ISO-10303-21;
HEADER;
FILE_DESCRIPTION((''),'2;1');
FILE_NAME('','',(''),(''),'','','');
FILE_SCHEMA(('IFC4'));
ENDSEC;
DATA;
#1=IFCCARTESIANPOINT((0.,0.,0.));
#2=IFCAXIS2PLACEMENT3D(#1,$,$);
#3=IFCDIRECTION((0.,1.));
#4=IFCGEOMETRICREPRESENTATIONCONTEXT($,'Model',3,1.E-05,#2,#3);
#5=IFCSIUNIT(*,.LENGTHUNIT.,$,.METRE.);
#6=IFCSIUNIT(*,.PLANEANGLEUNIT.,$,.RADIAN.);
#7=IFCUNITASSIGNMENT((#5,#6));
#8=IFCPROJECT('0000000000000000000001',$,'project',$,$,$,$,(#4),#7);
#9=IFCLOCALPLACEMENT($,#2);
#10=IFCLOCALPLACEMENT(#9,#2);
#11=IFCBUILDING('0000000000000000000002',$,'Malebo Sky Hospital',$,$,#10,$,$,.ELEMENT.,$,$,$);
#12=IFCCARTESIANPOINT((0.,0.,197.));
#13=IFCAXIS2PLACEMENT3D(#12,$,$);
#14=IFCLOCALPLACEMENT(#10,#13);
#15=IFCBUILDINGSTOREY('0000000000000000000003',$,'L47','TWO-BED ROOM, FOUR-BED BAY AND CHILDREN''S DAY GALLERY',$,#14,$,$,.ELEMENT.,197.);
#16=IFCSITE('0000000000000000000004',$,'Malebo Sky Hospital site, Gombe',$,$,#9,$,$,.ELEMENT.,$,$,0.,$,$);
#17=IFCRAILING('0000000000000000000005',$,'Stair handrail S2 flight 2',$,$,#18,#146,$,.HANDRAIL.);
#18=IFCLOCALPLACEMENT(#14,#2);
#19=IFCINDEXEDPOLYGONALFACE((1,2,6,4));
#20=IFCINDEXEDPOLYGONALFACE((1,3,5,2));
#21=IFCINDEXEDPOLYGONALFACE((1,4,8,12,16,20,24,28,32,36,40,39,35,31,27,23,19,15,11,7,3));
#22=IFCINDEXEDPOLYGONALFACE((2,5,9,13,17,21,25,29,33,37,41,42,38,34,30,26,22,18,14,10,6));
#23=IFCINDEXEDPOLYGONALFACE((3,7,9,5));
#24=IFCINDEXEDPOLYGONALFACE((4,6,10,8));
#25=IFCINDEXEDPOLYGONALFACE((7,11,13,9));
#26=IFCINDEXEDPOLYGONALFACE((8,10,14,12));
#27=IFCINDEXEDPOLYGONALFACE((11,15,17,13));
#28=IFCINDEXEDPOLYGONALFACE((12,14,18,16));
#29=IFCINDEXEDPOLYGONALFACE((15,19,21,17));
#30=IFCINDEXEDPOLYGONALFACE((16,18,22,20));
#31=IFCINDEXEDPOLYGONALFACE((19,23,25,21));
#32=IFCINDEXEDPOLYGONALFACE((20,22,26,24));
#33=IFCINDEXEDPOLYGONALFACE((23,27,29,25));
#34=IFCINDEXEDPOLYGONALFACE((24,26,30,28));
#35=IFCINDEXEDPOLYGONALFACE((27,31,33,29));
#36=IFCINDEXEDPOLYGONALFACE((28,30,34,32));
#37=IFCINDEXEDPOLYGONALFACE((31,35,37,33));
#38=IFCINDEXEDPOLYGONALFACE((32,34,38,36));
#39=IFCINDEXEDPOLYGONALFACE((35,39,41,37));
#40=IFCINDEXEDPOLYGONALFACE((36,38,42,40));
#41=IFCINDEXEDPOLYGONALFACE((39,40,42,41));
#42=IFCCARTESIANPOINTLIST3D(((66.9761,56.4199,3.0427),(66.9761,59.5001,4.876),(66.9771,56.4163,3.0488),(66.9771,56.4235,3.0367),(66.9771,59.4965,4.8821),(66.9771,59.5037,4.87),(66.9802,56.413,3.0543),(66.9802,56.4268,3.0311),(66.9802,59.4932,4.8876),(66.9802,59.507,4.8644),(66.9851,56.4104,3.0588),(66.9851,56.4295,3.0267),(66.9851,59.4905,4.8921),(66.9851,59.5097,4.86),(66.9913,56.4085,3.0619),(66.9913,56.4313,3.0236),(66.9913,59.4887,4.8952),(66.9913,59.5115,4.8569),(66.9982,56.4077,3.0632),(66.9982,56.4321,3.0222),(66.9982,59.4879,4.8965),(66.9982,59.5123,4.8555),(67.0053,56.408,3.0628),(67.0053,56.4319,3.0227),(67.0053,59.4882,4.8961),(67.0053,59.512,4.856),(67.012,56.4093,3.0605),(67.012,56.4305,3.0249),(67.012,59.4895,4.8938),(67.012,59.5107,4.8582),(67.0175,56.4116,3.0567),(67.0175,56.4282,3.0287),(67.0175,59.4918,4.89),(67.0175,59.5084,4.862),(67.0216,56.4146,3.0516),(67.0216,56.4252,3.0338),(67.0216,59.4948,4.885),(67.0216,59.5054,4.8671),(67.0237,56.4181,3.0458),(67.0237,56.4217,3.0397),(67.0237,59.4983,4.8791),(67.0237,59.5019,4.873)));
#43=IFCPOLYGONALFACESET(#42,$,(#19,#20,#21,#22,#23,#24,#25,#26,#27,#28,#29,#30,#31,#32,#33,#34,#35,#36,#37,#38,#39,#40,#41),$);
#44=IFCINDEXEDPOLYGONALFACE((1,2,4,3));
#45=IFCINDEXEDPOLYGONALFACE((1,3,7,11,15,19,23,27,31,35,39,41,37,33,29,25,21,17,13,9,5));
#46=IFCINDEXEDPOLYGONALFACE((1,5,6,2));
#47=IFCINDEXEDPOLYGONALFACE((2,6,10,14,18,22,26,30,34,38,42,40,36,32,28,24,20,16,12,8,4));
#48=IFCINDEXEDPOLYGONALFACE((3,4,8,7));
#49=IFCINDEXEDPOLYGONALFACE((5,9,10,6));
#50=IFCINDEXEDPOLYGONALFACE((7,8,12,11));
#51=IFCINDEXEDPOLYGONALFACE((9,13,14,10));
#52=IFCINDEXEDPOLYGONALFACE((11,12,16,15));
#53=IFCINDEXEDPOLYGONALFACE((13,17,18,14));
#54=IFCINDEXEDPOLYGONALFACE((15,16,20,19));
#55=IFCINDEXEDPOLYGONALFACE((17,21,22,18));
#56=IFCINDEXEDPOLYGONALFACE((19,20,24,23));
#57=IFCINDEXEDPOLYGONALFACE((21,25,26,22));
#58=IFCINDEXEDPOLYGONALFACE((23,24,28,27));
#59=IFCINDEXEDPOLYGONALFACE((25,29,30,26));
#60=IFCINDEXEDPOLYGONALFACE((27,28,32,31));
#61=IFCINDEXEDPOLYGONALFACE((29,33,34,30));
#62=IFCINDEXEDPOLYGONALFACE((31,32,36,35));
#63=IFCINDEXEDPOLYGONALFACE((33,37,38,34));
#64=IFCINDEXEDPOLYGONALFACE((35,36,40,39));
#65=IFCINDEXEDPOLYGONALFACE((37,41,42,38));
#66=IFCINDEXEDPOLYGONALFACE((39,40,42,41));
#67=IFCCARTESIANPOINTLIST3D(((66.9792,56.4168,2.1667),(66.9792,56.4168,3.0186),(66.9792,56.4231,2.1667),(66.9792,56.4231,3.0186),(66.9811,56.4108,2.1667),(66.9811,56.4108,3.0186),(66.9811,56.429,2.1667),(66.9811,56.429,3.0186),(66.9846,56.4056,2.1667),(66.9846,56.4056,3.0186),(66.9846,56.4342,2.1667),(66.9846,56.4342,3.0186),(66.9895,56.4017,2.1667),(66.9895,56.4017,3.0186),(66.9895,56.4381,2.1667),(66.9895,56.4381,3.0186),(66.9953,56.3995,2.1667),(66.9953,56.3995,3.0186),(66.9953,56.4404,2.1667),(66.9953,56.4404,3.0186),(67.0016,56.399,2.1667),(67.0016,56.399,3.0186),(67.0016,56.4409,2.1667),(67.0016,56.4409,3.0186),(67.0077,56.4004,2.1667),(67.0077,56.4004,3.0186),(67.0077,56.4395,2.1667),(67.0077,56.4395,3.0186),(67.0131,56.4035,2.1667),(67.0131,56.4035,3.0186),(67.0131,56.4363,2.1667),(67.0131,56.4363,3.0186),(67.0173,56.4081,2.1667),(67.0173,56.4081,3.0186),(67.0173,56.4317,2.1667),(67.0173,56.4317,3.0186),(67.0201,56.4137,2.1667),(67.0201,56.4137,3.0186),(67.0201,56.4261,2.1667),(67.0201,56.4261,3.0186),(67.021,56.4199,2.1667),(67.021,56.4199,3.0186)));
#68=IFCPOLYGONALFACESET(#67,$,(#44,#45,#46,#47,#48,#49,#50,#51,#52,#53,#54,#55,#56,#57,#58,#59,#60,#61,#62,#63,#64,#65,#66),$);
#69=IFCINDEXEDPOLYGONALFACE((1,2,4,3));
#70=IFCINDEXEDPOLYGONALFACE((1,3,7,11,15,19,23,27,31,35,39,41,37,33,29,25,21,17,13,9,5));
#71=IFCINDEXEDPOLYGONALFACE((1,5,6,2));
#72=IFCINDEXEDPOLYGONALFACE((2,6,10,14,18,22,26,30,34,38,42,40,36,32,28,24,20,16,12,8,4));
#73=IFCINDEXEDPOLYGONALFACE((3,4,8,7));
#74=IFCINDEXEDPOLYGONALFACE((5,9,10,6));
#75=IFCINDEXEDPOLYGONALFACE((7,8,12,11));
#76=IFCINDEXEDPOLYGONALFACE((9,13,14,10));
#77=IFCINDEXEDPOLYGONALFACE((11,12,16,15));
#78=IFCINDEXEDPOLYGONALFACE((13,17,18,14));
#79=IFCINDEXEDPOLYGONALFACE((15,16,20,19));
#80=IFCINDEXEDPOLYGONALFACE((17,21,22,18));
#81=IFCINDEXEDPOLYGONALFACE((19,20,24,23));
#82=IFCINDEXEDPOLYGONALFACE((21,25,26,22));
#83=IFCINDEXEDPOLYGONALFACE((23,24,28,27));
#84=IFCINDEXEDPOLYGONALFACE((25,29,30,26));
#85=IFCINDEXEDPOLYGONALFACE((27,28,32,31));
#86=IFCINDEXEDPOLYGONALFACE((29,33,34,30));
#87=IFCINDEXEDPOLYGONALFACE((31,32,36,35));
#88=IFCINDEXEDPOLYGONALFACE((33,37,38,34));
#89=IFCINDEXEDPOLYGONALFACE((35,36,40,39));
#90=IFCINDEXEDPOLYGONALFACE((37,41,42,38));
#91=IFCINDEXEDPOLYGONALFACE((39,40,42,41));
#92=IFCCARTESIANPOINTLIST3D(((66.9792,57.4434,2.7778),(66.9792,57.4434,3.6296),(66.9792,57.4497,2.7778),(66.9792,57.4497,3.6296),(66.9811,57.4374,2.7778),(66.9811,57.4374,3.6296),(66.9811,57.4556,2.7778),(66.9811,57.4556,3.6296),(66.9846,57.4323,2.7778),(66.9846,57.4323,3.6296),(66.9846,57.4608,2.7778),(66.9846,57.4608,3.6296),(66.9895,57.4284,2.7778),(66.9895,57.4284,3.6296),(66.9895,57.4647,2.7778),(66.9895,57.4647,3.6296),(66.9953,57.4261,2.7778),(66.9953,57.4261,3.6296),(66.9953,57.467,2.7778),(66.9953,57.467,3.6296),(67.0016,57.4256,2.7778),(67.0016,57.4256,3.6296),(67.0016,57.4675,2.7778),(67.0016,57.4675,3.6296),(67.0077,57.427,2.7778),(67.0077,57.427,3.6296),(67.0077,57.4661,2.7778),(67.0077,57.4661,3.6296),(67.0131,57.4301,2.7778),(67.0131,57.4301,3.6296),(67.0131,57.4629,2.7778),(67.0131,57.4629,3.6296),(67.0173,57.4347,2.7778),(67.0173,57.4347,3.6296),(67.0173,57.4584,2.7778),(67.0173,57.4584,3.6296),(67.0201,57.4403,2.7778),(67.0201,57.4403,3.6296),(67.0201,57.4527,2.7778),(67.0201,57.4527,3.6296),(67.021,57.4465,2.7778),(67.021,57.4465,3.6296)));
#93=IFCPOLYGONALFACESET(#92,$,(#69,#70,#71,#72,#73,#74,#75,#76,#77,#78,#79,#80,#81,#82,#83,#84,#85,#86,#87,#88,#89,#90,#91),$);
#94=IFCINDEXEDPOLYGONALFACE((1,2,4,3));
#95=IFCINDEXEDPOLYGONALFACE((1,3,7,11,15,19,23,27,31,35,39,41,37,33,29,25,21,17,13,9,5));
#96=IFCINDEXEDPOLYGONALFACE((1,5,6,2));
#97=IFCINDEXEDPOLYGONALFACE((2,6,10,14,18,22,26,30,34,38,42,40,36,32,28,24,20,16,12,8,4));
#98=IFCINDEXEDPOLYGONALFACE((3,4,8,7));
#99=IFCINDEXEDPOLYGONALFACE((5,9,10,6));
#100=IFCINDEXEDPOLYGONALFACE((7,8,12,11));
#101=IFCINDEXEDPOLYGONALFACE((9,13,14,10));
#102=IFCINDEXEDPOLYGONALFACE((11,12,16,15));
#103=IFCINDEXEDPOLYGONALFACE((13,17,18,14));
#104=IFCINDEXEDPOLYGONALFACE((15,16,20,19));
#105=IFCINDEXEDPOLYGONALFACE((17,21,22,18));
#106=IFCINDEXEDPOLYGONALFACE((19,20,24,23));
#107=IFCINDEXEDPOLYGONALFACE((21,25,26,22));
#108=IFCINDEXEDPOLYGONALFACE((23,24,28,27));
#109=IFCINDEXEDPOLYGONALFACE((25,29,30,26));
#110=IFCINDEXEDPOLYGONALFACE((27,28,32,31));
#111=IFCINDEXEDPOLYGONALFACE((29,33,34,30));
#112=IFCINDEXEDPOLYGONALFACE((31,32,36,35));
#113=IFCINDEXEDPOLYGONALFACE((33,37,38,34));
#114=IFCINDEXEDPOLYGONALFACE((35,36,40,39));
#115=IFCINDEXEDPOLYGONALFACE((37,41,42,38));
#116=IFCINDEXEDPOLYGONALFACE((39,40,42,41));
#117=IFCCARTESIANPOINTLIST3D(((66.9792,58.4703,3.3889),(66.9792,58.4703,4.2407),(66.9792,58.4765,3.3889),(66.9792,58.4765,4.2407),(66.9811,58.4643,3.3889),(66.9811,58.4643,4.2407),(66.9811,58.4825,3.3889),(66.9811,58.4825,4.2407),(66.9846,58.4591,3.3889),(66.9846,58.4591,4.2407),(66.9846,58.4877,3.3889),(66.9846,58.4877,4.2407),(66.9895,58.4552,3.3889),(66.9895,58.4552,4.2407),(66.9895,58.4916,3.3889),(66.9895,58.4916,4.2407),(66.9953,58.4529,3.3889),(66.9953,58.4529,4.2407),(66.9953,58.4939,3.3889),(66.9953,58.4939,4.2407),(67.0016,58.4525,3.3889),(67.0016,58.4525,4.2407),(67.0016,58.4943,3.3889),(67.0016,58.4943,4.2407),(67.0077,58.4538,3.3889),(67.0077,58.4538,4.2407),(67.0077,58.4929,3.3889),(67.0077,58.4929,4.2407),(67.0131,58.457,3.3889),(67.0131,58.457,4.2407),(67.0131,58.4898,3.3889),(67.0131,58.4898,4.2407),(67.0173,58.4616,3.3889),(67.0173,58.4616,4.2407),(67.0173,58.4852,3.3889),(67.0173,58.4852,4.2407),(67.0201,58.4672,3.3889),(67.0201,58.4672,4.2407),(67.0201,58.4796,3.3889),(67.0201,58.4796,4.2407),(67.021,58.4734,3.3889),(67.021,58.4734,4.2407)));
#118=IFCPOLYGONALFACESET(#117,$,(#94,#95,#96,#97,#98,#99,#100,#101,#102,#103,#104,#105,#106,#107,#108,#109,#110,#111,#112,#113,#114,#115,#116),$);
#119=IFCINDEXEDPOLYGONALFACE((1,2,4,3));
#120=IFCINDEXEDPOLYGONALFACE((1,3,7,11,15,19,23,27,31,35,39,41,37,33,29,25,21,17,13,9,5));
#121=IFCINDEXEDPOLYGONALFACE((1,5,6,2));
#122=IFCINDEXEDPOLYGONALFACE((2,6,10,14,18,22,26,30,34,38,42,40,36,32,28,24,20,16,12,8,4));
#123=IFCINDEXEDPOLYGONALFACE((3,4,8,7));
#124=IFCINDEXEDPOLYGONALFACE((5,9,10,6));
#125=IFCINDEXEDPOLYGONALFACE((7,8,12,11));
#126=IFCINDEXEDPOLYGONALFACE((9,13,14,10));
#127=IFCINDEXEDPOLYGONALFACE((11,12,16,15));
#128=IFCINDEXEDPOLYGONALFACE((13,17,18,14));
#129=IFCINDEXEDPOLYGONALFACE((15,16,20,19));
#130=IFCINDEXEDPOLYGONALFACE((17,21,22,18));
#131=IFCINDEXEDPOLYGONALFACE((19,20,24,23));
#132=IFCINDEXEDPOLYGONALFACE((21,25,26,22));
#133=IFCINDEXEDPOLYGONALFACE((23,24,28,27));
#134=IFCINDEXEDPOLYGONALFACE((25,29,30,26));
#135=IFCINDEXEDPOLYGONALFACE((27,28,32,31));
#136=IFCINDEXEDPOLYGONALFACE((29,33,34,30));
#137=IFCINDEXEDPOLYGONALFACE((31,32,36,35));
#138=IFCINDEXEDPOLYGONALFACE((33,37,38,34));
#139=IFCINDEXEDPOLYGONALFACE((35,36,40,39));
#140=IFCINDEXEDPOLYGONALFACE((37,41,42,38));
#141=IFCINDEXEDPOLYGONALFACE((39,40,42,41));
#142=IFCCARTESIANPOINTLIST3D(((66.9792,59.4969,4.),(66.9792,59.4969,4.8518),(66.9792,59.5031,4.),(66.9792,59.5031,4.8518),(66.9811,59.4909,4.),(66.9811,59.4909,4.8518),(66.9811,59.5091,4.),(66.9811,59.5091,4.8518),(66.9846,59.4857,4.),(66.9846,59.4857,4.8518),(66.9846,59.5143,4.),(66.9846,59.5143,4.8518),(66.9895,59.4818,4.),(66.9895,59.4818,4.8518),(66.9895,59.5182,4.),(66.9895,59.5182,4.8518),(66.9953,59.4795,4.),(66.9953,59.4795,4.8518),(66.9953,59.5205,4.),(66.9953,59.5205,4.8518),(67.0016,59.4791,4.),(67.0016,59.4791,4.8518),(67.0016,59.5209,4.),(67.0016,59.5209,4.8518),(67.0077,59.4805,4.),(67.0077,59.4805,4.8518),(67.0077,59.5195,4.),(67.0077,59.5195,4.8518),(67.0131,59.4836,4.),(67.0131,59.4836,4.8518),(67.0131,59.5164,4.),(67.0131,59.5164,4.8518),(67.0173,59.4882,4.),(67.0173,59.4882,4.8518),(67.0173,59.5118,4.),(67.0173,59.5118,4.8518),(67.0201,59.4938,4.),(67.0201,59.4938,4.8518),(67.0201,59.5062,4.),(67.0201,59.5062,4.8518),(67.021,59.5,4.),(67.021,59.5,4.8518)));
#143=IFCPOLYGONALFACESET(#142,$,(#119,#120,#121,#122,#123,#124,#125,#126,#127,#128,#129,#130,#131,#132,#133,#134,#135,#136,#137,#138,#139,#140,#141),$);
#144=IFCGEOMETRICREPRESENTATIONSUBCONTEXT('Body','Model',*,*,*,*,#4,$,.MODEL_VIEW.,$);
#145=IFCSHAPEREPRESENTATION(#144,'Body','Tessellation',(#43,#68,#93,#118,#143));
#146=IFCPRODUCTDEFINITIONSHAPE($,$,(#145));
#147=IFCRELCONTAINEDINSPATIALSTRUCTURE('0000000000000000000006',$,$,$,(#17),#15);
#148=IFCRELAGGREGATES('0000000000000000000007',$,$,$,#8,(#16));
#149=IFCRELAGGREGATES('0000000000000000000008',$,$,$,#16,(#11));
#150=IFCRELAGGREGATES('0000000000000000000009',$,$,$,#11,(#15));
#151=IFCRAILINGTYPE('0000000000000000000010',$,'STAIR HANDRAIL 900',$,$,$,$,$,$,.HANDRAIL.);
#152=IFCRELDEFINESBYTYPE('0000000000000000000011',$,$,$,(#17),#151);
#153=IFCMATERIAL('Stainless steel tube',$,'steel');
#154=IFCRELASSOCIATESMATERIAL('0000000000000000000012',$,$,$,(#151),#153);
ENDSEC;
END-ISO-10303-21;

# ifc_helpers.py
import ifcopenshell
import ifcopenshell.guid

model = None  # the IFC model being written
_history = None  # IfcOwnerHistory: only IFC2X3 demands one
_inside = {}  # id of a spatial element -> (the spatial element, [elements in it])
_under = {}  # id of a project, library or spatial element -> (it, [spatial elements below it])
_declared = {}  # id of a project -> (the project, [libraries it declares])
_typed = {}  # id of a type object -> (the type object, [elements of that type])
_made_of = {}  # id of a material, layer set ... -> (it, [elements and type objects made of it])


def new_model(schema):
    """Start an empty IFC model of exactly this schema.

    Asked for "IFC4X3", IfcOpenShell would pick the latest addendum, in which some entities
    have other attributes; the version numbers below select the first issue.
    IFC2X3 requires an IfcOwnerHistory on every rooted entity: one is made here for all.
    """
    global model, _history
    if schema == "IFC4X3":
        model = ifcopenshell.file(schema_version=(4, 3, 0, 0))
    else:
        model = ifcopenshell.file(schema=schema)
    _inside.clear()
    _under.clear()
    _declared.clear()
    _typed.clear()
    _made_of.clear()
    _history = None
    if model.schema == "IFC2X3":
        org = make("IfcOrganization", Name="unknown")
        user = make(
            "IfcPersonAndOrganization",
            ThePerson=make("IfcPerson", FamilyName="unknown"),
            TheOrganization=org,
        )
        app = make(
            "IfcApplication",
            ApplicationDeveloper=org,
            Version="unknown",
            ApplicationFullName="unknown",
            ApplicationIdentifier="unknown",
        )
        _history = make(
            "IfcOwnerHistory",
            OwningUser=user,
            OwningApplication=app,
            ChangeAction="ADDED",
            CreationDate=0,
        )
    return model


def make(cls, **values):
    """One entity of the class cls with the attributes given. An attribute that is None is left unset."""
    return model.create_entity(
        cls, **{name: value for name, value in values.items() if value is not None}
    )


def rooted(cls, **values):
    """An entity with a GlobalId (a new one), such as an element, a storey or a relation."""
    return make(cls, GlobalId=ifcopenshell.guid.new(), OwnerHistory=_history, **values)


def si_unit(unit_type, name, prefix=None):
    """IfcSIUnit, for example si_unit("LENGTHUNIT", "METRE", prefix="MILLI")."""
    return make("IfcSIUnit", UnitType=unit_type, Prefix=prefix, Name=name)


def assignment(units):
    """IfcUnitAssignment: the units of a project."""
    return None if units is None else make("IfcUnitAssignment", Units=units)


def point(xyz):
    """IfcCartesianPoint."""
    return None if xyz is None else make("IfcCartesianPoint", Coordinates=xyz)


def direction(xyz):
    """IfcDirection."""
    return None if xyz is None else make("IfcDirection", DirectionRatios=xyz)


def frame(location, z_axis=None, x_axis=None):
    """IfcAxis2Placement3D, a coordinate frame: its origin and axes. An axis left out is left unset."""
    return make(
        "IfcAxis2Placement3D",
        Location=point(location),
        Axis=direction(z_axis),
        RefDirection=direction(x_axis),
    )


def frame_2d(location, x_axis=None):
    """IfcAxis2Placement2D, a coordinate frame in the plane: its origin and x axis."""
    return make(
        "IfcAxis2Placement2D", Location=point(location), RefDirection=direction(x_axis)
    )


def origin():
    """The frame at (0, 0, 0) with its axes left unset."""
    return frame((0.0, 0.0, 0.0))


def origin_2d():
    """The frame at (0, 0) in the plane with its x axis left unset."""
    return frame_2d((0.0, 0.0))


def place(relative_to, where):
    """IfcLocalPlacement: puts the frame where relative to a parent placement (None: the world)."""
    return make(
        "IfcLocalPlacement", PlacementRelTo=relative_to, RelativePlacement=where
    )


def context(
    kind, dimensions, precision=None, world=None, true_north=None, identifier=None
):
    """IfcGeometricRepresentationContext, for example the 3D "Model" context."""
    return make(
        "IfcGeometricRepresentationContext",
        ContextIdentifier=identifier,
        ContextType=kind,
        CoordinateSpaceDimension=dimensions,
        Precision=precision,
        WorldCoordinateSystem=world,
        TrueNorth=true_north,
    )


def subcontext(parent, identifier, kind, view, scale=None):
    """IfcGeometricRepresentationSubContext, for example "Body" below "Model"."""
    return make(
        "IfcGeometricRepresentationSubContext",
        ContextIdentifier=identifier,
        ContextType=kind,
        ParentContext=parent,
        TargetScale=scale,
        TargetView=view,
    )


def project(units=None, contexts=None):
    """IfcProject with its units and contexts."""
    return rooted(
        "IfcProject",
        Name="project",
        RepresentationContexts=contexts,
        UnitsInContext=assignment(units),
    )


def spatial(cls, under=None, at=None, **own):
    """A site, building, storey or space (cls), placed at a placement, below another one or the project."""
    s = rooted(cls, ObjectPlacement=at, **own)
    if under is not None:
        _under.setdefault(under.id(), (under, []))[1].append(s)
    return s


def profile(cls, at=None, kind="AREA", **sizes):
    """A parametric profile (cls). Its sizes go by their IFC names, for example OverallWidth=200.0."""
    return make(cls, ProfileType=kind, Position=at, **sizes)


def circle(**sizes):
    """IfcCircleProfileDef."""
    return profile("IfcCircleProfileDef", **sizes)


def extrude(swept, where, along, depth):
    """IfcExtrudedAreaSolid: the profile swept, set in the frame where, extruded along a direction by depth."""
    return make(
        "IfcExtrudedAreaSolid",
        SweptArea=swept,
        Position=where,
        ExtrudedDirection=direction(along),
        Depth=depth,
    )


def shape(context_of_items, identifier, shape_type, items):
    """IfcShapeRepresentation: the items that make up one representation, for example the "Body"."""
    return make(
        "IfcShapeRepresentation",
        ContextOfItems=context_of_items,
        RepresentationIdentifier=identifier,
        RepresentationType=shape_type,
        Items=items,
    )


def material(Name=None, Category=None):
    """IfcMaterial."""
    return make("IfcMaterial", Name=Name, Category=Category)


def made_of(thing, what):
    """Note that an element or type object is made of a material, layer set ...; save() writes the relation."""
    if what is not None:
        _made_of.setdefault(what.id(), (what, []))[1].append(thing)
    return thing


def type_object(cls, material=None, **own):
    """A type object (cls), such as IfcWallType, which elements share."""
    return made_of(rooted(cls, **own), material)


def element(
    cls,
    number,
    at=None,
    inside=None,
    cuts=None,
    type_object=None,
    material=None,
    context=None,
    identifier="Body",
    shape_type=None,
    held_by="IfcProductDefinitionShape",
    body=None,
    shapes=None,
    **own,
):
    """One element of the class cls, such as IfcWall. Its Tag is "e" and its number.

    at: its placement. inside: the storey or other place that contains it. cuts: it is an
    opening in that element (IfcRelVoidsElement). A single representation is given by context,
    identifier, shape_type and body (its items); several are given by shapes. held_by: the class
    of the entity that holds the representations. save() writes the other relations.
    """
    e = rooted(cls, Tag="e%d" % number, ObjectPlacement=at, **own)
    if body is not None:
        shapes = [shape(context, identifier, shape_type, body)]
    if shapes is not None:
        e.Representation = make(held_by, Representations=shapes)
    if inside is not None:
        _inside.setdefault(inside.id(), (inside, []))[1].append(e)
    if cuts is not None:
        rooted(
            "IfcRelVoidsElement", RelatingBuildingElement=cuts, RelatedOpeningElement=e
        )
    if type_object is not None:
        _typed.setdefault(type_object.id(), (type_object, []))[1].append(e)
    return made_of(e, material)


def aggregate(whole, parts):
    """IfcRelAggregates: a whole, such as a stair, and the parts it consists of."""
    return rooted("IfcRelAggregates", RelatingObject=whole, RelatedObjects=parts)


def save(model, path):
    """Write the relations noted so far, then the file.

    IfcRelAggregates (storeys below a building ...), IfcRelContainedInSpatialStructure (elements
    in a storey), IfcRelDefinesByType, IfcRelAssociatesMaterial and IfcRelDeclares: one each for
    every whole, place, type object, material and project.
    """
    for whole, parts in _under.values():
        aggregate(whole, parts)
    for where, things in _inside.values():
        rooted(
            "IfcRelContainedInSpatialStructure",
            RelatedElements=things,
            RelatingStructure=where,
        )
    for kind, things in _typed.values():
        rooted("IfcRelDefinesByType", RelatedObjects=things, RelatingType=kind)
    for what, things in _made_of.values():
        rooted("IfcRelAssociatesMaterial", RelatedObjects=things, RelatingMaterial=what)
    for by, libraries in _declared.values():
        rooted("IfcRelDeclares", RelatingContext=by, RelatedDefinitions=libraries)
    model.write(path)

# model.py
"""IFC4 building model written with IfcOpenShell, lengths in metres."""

from ifc_helpers import new_model, si_unit, direction, frame, origin, origin_2d, place, context, subcontext, project, spatial, circle, extrude, material, type_object, element, save


model = new_model("IFC4")

# Units and contexts
model_context = context("Model", 3, precision=1e-05, world=origin(), true_north=direction((0.0, 1.0)))
body_context = subcontext(model_context, "Body", "Model", "MODEL_VIEW")
ifc_project = project(units=[si_unit("LENGTHUNIT", "METRE"), si_unit("PLANEANGLEUNIT", "RADIAN")], contexts=[model_context])

# Site, building, storey
site_placement = place(None, origin())
site = spatial("IfcSite", under=ifc_project, at=site_placement, Name="Malebo Sky Hospital site, Gombe", CompositionType="ELEMENT", RefElevation=0.0)
building_placement = place(site_placement, origin())
building = spatial("IfcBuilding", under=site, at=building_placement, Name="Malebo Sky Hospital", CompositionType="ELEMENT")
storey_placement = place(building_placement, frame((0.0, 0.0, 197.0)))
storey = spatial("IfcBuildingStorey", under=building, at=storey_placement, Name="L47", Description="TWO-BED ROOM, FOUR-BED BAY AND CHILDREN'S DAY GALLERY", CompositionType="ELEMENT", Elevation=197.0)

# Railing
ifc_material_1 = material(Name="Stainless steel tube", Category="steel")
railing_type = type_object("IfcRailingType", Name="STAIR HANDRAIL 900", PredefinedType="HANDRAIL", material=ifc_material_1)
railing_1_placement = place(storey_placement, frame((67.0, 56.4199, 2.1667)))
element("IfcRailing", 1, at=railing_1_placement, inside=storey, type_object=railing_type, Name="Stair handrail S2 flight 2", PredefinedType="HANDRAIL", context=body_context, shape_type="SweptSolid", body=[
    extrude(circle(Radius=0.0239, at=origin_2d()), frame((0.0, 0.0, 0.876), z_axis=(0.0, 0.859309, 0.511458), x_axis=(-1.0, 0.0, 0.0)), (0.0, 0.0, 1.0), 3.5845),
    extrude(circle(Radius=0.021, at=origin_2d()), origin(), (0.0, 0.0, 1.0), 0.8518),
    extrude(circle(Radius=0.021, at=origin_2d()), frame((0.0, 1.0266, 0.6111)), (0.0, 0.0, 1.0), 0.8518),
    extrude(circle(Radius=0.021, at=origin_2d()), frame((0.0, 2.0535, 1.2222)), (0.0, 0.0, 1.0), 0.8518),
    extrude(circle(Radius=0.021, at=origin_2d()), frame((0.0, 3.0801, 1.8333)), (0.0, 0.0, 1.0), 0.8518),
])

save(model, "model.ifc")
